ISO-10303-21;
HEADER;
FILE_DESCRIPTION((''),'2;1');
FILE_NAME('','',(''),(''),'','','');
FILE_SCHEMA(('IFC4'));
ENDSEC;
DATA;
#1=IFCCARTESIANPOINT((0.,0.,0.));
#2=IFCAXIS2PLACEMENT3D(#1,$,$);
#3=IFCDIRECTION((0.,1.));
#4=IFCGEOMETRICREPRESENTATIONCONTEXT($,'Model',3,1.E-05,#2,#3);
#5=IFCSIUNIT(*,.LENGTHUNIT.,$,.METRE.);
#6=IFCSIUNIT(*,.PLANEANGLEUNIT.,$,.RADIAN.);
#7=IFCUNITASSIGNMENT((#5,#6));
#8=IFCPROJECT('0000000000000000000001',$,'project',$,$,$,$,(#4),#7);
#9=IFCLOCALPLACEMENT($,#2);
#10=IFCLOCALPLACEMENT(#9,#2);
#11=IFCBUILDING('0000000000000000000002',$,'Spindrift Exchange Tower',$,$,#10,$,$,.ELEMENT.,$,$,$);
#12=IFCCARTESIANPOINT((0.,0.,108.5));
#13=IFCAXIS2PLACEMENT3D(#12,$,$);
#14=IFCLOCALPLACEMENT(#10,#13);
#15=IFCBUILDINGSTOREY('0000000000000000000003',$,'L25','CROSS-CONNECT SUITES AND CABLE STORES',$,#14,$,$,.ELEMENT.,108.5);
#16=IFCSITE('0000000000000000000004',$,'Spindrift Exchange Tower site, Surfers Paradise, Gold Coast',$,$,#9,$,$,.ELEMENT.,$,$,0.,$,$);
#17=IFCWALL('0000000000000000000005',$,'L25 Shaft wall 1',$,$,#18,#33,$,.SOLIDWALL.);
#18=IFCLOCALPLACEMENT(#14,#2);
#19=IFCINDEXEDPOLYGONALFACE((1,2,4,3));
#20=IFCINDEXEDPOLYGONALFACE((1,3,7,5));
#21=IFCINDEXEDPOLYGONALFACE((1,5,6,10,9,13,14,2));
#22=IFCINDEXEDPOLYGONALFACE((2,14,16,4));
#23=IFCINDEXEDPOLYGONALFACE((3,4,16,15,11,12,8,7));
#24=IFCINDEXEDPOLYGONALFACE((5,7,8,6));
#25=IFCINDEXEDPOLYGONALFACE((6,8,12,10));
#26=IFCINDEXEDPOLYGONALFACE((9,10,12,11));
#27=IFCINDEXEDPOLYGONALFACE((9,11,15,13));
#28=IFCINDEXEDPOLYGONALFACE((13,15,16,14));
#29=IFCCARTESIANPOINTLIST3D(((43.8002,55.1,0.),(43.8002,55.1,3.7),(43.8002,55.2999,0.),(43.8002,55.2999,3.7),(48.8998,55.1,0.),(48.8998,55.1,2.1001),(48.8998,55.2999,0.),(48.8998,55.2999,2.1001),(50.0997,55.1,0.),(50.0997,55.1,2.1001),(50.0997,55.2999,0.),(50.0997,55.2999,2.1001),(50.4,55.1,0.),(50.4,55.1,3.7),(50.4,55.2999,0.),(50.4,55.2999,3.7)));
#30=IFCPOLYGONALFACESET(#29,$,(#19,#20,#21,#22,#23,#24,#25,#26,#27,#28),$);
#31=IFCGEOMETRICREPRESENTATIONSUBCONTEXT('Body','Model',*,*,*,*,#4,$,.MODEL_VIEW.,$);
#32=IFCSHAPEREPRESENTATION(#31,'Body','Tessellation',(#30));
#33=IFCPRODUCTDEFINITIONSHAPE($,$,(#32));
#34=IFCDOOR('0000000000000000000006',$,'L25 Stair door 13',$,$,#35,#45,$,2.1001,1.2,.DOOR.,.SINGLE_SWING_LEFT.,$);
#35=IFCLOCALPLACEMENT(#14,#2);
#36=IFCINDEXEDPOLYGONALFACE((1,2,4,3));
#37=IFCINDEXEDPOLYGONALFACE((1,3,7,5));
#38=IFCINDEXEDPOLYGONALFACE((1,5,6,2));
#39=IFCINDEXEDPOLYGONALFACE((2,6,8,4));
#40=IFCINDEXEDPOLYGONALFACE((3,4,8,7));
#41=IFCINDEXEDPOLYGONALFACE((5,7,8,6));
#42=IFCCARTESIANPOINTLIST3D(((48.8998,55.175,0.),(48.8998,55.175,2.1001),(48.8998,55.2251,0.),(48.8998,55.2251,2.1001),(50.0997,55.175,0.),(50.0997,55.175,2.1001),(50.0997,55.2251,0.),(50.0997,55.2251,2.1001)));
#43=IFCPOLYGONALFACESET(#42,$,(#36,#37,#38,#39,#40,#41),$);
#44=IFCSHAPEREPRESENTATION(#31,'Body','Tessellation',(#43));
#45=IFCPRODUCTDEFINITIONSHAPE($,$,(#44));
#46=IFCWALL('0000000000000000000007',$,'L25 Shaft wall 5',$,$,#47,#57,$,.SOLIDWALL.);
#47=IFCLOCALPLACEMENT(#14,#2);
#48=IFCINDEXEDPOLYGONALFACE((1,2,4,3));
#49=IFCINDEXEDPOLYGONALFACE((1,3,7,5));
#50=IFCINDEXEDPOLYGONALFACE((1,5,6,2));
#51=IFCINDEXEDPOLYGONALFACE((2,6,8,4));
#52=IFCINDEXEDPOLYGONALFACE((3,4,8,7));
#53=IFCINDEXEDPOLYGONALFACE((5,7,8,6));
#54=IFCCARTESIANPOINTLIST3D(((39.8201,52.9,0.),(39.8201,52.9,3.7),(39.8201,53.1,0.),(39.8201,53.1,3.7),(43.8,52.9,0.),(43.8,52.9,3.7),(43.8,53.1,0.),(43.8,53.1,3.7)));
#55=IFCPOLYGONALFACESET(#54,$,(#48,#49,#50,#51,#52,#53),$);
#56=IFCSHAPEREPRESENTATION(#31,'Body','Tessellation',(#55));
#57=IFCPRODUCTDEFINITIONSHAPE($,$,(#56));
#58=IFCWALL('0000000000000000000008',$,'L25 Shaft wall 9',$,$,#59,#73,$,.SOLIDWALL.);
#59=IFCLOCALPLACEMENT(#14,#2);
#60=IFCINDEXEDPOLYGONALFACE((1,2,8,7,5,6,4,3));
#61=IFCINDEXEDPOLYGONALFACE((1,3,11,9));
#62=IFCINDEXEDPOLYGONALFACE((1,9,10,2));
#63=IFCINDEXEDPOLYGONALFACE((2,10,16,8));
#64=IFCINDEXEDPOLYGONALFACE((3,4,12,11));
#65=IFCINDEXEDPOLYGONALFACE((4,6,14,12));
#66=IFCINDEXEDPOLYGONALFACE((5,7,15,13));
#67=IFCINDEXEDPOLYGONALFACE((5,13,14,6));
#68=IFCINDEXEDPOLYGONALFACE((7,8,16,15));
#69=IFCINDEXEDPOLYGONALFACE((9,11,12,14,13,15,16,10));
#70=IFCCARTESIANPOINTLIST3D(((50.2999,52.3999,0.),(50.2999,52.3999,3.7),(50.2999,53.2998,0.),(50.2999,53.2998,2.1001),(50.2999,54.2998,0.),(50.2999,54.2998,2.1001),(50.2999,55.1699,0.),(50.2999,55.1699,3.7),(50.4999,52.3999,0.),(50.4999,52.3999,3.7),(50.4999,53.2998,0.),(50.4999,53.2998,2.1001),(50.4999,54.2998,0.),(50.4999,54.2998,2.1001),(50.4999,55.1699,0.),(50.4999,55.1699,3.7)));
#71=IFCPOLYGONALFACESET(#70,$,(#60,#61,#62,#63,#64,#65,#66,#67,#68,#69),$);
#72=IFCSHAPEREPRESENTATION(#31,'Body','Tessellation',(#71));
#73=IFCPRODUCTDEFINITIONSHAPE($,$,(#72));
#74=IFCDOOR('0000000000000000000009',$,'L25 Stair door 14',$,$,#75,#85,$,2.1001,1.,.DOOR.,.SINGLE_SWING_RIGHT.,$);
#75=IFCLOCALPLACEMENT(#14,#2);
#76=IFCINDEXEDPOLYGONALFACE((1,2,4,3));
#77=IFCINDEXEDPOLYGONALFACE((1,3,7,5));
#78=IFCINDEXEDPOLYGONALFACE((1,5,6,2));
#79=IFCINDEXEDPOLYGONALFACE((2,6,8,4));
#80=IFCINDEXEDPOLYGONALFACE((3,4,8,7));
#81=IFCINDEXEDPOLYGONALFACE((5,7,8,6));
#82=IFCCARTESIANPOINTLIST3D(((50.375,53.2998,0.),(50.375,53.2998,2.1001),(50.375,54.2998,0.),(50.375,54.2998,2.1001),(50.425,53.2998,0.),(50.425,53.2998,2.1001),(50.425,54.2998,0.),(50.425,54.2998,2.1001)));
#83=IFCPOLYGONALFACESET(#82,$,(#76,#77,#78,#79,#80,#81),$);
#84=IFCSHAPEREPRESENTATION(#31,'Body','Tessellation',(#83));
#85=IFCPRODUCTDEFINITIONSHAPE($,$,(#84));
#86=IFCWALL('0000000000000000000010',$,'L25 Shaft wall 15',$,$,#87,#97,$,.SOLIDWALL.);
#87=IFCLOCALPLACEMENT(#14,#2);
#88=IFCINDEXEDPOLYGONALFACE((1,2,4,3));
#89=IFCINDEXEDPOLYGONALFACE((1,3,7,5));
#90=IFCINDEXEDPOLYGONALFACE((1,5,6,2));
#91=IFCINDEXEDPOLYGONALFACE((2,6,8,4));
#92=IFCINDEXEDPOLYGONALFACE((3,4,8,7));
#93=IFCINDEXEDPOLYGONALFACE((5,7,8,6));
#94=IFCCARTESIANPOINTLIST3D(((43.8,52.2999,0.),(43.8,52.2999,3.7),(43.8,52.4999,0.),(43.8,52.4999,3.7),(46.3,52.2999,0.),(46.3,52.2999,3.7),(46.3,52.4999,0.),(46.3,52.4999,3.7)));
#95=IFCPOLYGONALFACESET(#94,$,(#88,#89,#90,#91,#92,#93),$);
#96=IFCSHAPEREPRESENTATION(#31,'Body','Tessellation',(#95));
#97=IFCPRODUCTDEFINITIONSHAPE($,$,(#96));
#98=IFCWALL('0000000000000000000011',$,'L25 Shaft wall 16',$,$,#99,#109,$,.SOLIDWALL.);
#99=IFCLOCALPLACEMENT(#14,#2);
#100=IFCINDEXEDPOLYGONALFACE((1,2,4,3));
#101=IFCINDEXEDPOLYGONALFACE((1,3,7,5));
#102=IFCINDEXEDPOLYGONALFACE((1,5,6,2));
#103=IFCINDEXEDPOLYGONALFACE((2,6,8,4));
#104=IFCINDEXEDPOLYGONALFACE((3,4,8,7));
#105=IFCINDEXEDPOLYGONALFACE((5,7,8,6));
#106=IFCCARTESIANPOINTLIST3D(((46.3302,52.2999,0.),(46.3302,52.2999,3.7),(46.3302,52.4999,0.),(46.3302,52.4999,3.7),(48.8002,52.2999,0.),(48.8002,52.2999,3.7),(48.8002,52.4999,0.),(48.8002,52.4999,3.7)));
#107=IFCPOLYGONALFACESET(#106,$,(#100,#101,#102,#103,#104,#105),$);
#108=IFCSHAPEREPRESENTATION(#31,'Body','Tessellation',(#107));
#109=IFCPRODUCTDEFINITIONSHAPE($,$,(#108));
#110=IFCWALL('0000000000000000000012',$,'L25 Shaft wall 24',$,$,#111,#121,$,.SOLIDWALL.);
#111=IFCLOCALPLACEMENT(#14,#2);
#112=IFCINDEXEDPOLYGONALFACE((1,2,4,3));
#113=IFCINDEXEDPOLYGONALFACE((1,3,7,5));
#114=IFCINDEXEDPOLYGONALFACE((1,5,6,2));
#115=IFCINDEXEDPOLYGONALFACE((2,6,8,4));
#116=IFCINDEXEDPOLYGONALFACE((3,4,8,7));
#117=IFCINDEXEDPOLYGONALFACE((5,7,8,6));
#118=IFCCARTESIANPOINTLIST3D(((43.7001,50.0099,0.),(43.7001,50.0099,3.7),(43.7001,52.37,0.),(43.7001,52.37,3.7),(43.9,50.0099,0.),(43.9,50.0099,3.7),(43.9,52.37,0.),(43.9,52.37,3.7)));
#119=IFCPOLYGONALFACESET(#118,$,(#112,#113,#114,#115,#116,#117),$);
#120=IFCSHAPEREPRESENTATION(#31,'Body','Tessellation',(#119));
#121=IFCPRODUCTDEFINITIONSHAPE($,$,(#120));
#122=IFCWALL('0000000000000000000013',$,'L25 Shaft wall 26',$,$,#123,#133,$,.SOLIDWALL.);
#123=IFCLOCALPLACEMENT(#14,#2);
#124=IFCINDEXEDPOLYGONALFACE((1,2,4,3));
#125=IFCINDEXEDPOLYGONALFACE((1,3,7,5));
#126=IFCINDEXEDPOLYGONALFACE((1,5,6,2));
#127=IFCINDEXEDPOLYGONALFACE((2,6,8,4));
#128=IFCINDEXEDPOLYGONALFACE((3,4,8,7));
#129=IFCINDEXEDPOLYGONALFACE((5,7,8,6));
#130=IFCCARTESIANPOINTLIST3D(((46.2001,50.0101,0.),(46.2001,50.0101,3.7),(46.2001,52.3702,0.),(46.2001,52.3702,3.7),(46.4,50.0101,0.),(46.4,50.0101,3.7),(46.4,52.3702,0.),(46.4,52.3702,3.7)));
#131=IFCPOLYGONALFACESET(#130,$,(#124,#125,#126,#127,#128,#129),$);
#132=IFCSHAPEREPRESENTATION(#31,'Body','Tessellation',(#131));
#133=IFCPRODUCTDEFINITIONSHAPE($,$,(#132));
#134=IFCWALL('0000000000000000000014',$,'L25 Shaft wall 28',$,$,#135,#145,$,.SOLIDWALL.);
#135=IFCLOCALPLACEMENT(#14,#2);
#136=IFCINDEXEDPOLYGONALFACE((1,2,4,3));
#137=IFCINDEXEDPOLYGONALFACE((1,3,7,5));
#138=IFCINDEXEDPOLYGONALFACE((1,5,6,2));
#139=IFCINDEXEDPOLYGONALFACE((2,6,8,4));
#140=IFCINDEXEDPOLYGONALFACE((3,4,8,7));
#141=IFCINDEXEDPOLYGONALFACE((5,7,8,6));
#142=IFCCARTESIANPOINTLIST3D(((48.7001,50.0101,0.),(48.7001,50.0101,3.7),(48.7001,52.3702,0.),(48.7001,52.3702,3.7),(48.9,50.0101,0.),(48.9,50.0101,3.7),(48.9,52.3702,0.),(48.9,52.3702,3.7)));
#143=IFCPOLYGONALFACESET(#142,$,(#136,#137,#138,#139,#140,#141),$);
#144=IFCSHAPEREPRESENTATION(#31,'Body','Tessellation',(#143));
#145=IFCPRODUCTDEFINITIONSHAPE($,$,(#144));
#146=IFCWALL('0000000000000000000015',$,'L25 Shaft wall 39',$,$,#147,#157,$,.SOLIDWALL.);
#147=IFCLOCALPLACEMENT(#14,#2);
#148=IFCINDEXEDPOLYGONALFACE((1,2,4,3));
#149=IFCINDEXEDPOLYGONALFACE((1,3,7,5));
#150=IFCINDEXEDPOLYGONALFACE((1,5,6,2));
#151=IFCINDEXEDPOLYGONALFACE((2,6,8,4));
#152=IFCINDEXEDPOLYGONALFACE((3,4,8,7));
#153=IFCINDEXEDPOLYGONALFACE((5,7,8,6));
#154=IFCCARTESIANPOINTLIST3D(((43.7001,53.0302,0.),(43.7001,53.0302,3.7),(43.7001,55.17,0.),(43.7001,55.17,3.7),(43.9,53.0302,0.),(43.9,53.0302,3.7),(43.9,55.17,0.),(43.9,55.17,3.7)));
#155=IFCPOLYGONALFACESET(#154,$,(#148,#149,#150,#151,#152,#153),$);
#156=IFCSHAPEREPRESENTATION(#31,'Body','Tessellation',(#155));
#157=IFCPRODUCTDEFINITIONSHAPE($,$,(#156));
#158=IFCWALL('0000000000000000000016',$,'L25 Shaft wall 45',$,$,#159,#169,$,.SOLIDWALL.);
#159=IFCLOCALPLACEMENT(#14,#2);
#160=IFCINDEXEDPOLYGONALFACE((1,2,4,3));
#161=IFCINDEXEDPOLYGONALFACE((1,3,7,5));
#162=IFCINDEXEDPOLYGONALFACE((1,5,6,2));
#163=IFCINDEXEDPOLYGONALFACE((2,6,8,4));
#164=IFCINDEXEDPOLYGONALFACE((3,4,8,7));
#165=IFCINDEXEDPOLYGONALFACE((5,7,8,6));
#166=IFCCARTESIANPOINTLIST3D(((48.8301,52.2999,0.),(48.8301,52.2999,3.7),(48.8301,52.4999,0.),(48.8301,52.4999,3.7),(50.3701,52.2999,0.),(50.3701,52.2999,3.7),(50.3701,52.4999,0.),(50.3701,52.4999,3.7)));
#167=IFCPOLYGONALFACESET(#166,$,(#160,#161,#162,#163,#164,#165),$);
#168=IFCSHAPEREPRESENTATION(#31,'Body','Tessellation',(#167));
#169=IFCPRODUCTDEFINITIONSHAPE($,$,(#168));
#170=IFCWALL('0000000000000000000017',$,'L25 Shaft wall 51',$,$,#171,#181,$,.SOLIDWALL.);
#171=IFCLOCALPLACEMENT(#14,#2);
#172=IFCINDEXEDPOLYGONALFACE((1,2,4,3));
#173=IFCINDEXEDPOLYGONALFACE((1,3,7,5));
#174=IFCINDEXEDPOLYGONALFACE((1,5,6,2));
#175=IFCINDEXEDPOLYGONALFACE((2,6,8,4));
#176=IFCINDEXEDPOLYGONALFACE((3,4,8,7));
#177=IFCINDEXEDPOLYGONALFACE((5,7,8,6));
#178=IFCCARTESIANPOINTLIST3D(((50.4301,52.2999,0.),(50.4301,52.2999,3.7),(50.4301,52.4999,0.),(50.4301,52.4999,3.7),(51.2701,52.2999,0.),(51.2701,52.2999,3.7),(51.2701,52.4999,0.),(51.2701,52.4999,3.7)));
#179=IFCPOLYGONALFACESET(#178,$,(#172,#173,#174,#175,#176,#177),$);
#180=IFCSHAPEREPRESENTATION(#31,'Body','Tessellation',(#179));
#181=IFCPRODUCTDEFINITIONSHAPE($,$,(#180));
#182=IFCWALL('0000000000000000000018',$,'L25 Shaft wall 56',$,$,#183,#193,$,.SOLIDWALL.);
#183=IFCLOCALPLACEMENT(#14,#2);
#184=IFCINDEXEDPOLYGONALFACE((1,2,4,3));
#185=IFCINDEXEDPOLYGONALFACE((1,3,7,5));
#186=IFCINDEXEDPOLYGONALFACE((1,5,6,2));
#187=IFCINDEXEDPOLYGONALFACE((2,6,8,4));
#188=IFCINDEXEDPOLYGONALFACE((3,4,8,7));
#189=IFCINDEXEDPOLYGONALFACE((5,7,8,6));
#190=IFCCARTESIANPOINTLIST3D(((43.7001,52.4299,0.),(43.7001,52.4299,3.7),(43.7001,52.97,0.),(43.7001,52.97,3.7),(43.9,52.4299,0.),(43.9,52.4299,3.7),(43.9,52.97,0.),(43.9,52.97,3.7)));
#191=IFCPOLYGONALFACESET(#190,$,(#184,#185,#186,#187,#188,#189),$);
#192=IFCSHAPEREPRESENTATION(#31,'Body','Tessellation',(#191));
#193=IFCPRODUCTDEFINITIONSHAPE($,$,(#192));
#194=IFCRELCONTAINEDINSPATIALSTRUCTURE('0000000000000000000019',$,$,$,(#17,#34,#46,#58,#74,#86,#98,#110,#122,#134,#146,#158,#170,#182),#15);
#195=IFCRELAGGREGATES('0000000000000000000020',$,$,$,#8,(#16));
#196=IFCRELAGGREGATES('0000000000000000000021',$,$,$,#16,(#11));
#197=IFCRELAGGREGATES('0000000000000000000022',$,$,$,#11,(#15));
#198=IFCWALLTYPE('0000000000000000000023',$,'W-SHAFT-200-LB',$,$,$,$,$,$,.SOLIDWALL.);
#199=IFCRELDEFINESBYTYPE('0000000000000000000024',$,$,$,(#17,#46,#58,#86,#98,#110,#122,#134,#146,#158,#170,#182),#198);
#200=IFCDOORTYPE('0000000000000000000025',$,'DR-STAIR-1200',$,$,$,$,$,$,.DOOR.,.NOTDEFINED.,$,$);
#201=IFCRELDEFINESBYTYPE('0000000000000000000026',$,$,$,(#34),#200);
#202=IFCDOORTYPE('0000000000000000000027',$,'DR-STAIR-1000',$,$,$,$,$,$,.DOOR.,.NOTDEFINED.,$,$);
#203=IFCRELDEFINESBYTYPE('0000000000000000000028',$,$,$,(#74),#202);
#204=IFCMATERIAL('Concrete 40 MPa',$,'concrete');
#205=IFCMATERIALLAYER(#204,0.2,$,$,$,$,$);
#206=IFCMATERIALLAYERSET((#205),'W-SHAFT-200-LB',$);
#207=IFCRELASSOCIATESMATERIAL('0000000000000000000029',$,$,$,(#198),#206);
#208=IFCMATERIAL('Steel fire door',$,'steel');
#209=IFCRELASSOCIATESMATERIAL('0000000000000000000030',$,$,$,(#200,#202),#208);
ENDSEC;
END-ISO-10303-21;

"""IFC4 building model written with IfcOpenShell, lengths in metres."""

from ifc_helpers import new_model, si_unit, direction, frame, frame_2d, origin, place, context, subcontext, project, spatial, rectangle, extrude, source, transform, mapped, material, layer, layer_set, type_object, element, fill, save


model = new_model("IFC4")

# Units and contexts
model_context = context("Model", 3, precision=1e-05, world=origin(), true_north=direction((0.0, 1.0)))
body_context = subcontext(model_context, "Body", "Model", "MODEL_VIEW")
ifc_project = project(units=[si_unit("LENGTHUNIT", "METRE"), si_unit("PLANEANGLEUNIT", "RADIAN")], contexts=[model_context])

# Site, building, storey
site_placement = place(None, origin())
site = spatial("IfcSite", under=ifc_project, at=site_placement, Name="Spindrift Exchange Tower site, Surfers Paradise, Gold Coast", CompositionType="ELEMENT", RefElevation=0.0)
building_placement = place(site_placement, origin())
building = spatial("IfcBuilding", under=site, at=building_placement, Name="Spindrift Exchange Tower", CompositionType="ELEMENT")
storey_placement = place(building_placement, frame((0.0, 0.0, 108.5)))
storey = spatial("IfcBuildingStorey", under=building, at=storey_placement, Name="L25", Description="CROSS-CONNECT SUITES AND CABLE STORES", CompositionType="ELEMENT", Elevation=108.5)

# Shared definitions
ifc_material_1 = material(Name="Concrete 40 MPa", Category="concrete")

# Wall, opening, door
ifc_layer_1 = layer(ifc_material_1, 0.2)
ifc_layer_set_1 = layer_set([ifc_layer_1], Name="W-SHAFT-200-LB")
wall_type_1 = type_object("IfcWallType", Name="W-SHAFT-200-LB", PredefinedType="SOLIDWALL", material=ifc_layer_set_1)
wall_1_placement = place(storey_placement, frame((50.3999, 55.2, 0.0), z_axis=(0.0, 0.0, 1.0), x_axis=(-1.0, 0.0, 0.0)))
wall_1 = element("IfcWall", 1, at=wall_1_placement, inside=storey, type_object=wall_type_1, Name="L25 Shaft wall 1", PredefinedType="SOLIDWALL", context=body_context, shape_type="SweptSolid", body=[
    extrude(rectangle(XDim=6.5999, YDim=0.2, at=frame_2d((3.2998, 0.0))), origin(), (0.0, 0.0, 1.0), 3.7),
])
opening_1_placement = place(wall_1_placement, frame((0.3, 0.0, 0.0)))
opening_1 = element("IfcOpeningElement", 2, at=opening_1_placement, cuts=wall_1, PredefinedType="OPENING", context=body_context, shape_type="SweptSolid", body=[
    extrude(rectangle(XDim=1.2, YDim=2.1001, at=frame_2d((0.6001, 1.05))), frame((0.0, 0.1099, 0.0), z_axis=(0.0, -1.0, 0.0), x_axis=(1.0, 0.0, 0.0)), (0.0, 0.0, 1.0), 0.22),
])
ifc_material_2 = material(Name="Steel fire door", Category="steel")
door_type_1 = type_object("IfcDoorType", Name="DR-STAIR-1200", OperationType="NOTDEFINED", PredefinedType="DOOR", material=ifc_material_2)
shared_shape_1 = source(origin(), body_context, "Body", "SweptSolid", [
    extrude(rectangle(XDim=1.2, YDim=2.1001, at=frame_2d((0.6001, 1.05))), frame((0.0, 0.0249, 0.0), z_axis=(0.0, -1.0, 0.0), x_axis=(1.0, 0.0, 0.0)), (0.0, 0.0, 1.0), 0.05),
])
door_1_placement = place(opening_1_placement, origin())
door_1 = element("IfcDoor", 3, at=door_1_placement, inside=storey, type_object=door_type_1, Name="L25 Stair door 13", OperationType="SINGLE_SWING_LEFT", OverallHeight=2.1001, OverallWidth=1.2, PredefinedType="DOOR", context=body_context, shape_type="MappedRepresentation", body=[
    mapped(shared_shape_1, transform((0.0, 0.0, 0.0), scale=1.0)),
])
fill(opening_1, door_1)

# Wall
wall_2_placement = place(storey_placement, frame((43.8, 53.0, 0.0), z_axis=(0.0, 0.0, 1.0), x_axis=(-1.0, 0.0, 0.0)))
element("IfcWall", 4, at=wall_2_placement, inside=storey, type_object=wall_type_1, Name="L25 Shaft wall 5", PredefinedType="SOLIDWALL", context=body_context, shape_type="SweptSolid", body=[
    extrude(rectangle(XDim=3.98, YDim=0.2, at=frame_2d((1.99, 0.0))), origin(), (0.0, 0.0, 1.0), 3.7),
])

# Wall, opening, door
wall_3_placement = place(storey_placement, frame((50.3999, 52.3999, 0.0), z_axis=(0.0, 0.0, 1.0), x_axis=(0.0, 1.0, 0.0)))
wall_3 = element("IfcWall", 5, at=wall_3_placement, inside=storey, type_object=wall_type_1, Name="L25 Shaft wall 9", PredefinedType="SOLIDWALL", context=body_context, shape_type="SweptSolid", body=[
    extrude(rectangle(XDim=2.77, YDim=0.2, at=frame_2d((1.385, 0.0))), origin(), (0.0, 0.0, 1.0), 3.7),
])
opening_2_placement = place(wall_3_placement, frame((0.8999, 0.0, 0.0)))
opening_2 = element("IfcOpeningElement", 6, at=opening_2_placement, cuts=wall_3, PredefinedType="OPENING", context=body_context, shape_type="SweptSolid", body=[
    extrude(rectangle(XDim=1.0, YDim=2.1001, at=frame_2d((0.5, 1.05))), frame((0.0, 0.1099, 0.0), z_axis=(0.0, -1.0, 0.0), x_axis=(1.0, 0.0, 0.0)), (0.0, 0.0, 1.0), 0.22),
])
door_type_2 = type_object("IfcDoorType", Name="DR-STAIR-1000", OperationType="NOTDEFINED", PredefinedType="DOOR", material=ifc_material_2)
shared_shape_2 = source(origin(), body_context, "Body", "SweptSolid", [
    extrude(rectangle(XDim=1.0, YDim=2.1001, at=frame_2d((0.5, 1.05))), frame((0.0, 0.0249, 0.0), z_axis=(0.0, -1.0, 0.0), x_axis=(1.0, 0.0, 0.0)), (0.0, 0.0, 1.0), 0.05),
])
door_2_placement = place(opening_2_placement, origin())
door_2 = element("IfcDoor", 7, at=door_2_placement, inside=storey, type_object=door_type_2, Name="L25 Stair door 14", OperationType="SINGLE_SWING_RIGHT", OverallHeight=2.1001, OverallWidth=1.0, PredefinedType="DOOR", context=body_context, shape_type="MappedRepresentation", body=[
    mapped(shared_shape_2, transform((0.0, 0.0, 0.0), scale=1.0)),
])
fill(opening_2, door_2)

# Walls
wall_4_placement = place(storey_placement, frame((46.3, 52.3999, 0.0), z_axis=(0.0, 0.0, 1.0), x_axis=(-1.0, 0.0, 0.0)))
element("IfcWall", 8, at=wall_4_placement, inside=storey, type_object=wall_type_1, Name="L25 Shaft wall 15", PredefinedType="SOLIDWALL", context=body_context, shape_type="SweptSolid", body=[
    extrude(rectangle(XDim=2.5, YDim=0.2, at=frame_2d((1.25, 0.0))), origin(), (0.0, 0.0, 1.0), 3.7),
])
wall_5_placement = place(storey_placement, frame((48.8, 52.3999, 0.0), z_axis=(0.0, 0.0, 1.0), x_axis=(-1.0, 0.0, 0.0)))
element("IfcWall", 9, at=wall_5_placement, inside=storey, type_object=wall_type_1, Name="L25 Shaft wall 16", PredefinedType="SOLIDWALL", context=body_context, shape_type="SweptSolid", body=[
    extrude(rectangle(XDim=2.47, YDim=0.2, at=frame_2d((1.2349, 0.0))), origin(), (0.0, 0.0, 1.0), 3.7),
])
for number, where, z_axis, x_axis, name in (
    (10, (43.8, 52.3701, 0.0), (0.0, 0.0, 1.0), (0.0, -1.0, 0.0), "L25 Shaft wall 24"),
    (11, (46.3, 50.01, 0.0), (0.0, 0.0, 1.0), (0.0, 1.0, 0.0), "L25 Shaft wall 26"),
    (12, (48.8, 50.01, 0.0), (0.0, 0.0, 1.0), (0.0, 1.0, 0.0), "L25 Shaft wall 28"),
):
    element("IfcWall", number, at=place(storey_placement, frame(where, z_axis=z_axis, x_axis=x_axis)), inside=storey, type_object=wall_type_1, Name=name, PredefinedType="SOLIDWALL", context=body_context, shape_type="SweptSolid", body=[
        extrude(rectangle(XDim=2.3601, YDim=0.2, at=frame_2d((1.1802, 0.0))), origin(), (0.0, 0.0, 1.0), 3.7),
    ])
wall_6_placement = place(storey_placement, frame((43.8, 55.1699, 0.0), z_axis=(0.0, 0.0, 1.0), x_axis=(0.0, -1.0, 0.0)))
element("IfcWall", 13, at=wall_6_placement, inside=storey, type_object=wall_type_1, Name="L25 Shaft wall 39", PredefinedType="SOLIDWALL", context=body_context, shape_type="SweptSolid", body=[
    extrude(rectangle(XDim=2.1399, YDim=0.2, at=frame_2d((1.0698, 0.0))), origin(), (0.0, 0.0, 1.0), 3.7),
])
wall_7_placement = place(storey_placement, frame((50.3701, 52.3999, 0.0), z_axis=(0.0, 0.0, 1.0), x_axis=(-1.0, 0.0, 0.0)))
element("IfcWall", 14, at=wall_7_placement, inside=storey, type_object=wall_type_1, Name="L25 Shaft wall 45", PredefinedType="SOLIDWALL", context=body_context, shape_type="SweptSolid", body=[
    extrude(rectangle(XDim=1.54, YDim=0.2, at=frame_2d((0.77, 0.0))), origin(), (0.0, 0.0, 1.0), 3.7),
])
wall_8_placement = place(storey_placement, frame((51.27, 52.3999, 0.0), z_axis=(0.0, 0.0, 1.0), x_axis=(-1.0, 0.0, 0.0)))
element("IfcWall", 15, at=wall_8_placement, inside=storey, type_object=wall_type_1, Name="L25 Shaft wall 51", PredefinedType="SOLIDWALL", context=body_context, shape_type="SweptSolid", body=[
    extrude(rectangle(XDim=0.8401, YDim=0.2, at=frame_2d((0.4199, 0.0))), origin(), (0.0, 0.0, 1.0), 3.7),
])
wall_9_placement = place(storey_placement, frame((43.8, 52.4299, 0.0), z_axis=(0.0, 0.0, 1.0), x_axis=(0.0, 1.0, 0.0)))
element("IfcWall", 16, at=wall_9_placement, inside=storey, type_object=wall_type_1, Name="L25 Shaft wall 56", PredefinedType="SOLIDWALL", context=body_context, shape_type="SweptSolid", body=[
    extrude(rectangle(XDim=0.54, YDim=0.2, at=frame_2d((0.27, 0.0))), origin(), (0.0, 0.0, 1.0), 3.7),
])

save(model, "model.ifc")
